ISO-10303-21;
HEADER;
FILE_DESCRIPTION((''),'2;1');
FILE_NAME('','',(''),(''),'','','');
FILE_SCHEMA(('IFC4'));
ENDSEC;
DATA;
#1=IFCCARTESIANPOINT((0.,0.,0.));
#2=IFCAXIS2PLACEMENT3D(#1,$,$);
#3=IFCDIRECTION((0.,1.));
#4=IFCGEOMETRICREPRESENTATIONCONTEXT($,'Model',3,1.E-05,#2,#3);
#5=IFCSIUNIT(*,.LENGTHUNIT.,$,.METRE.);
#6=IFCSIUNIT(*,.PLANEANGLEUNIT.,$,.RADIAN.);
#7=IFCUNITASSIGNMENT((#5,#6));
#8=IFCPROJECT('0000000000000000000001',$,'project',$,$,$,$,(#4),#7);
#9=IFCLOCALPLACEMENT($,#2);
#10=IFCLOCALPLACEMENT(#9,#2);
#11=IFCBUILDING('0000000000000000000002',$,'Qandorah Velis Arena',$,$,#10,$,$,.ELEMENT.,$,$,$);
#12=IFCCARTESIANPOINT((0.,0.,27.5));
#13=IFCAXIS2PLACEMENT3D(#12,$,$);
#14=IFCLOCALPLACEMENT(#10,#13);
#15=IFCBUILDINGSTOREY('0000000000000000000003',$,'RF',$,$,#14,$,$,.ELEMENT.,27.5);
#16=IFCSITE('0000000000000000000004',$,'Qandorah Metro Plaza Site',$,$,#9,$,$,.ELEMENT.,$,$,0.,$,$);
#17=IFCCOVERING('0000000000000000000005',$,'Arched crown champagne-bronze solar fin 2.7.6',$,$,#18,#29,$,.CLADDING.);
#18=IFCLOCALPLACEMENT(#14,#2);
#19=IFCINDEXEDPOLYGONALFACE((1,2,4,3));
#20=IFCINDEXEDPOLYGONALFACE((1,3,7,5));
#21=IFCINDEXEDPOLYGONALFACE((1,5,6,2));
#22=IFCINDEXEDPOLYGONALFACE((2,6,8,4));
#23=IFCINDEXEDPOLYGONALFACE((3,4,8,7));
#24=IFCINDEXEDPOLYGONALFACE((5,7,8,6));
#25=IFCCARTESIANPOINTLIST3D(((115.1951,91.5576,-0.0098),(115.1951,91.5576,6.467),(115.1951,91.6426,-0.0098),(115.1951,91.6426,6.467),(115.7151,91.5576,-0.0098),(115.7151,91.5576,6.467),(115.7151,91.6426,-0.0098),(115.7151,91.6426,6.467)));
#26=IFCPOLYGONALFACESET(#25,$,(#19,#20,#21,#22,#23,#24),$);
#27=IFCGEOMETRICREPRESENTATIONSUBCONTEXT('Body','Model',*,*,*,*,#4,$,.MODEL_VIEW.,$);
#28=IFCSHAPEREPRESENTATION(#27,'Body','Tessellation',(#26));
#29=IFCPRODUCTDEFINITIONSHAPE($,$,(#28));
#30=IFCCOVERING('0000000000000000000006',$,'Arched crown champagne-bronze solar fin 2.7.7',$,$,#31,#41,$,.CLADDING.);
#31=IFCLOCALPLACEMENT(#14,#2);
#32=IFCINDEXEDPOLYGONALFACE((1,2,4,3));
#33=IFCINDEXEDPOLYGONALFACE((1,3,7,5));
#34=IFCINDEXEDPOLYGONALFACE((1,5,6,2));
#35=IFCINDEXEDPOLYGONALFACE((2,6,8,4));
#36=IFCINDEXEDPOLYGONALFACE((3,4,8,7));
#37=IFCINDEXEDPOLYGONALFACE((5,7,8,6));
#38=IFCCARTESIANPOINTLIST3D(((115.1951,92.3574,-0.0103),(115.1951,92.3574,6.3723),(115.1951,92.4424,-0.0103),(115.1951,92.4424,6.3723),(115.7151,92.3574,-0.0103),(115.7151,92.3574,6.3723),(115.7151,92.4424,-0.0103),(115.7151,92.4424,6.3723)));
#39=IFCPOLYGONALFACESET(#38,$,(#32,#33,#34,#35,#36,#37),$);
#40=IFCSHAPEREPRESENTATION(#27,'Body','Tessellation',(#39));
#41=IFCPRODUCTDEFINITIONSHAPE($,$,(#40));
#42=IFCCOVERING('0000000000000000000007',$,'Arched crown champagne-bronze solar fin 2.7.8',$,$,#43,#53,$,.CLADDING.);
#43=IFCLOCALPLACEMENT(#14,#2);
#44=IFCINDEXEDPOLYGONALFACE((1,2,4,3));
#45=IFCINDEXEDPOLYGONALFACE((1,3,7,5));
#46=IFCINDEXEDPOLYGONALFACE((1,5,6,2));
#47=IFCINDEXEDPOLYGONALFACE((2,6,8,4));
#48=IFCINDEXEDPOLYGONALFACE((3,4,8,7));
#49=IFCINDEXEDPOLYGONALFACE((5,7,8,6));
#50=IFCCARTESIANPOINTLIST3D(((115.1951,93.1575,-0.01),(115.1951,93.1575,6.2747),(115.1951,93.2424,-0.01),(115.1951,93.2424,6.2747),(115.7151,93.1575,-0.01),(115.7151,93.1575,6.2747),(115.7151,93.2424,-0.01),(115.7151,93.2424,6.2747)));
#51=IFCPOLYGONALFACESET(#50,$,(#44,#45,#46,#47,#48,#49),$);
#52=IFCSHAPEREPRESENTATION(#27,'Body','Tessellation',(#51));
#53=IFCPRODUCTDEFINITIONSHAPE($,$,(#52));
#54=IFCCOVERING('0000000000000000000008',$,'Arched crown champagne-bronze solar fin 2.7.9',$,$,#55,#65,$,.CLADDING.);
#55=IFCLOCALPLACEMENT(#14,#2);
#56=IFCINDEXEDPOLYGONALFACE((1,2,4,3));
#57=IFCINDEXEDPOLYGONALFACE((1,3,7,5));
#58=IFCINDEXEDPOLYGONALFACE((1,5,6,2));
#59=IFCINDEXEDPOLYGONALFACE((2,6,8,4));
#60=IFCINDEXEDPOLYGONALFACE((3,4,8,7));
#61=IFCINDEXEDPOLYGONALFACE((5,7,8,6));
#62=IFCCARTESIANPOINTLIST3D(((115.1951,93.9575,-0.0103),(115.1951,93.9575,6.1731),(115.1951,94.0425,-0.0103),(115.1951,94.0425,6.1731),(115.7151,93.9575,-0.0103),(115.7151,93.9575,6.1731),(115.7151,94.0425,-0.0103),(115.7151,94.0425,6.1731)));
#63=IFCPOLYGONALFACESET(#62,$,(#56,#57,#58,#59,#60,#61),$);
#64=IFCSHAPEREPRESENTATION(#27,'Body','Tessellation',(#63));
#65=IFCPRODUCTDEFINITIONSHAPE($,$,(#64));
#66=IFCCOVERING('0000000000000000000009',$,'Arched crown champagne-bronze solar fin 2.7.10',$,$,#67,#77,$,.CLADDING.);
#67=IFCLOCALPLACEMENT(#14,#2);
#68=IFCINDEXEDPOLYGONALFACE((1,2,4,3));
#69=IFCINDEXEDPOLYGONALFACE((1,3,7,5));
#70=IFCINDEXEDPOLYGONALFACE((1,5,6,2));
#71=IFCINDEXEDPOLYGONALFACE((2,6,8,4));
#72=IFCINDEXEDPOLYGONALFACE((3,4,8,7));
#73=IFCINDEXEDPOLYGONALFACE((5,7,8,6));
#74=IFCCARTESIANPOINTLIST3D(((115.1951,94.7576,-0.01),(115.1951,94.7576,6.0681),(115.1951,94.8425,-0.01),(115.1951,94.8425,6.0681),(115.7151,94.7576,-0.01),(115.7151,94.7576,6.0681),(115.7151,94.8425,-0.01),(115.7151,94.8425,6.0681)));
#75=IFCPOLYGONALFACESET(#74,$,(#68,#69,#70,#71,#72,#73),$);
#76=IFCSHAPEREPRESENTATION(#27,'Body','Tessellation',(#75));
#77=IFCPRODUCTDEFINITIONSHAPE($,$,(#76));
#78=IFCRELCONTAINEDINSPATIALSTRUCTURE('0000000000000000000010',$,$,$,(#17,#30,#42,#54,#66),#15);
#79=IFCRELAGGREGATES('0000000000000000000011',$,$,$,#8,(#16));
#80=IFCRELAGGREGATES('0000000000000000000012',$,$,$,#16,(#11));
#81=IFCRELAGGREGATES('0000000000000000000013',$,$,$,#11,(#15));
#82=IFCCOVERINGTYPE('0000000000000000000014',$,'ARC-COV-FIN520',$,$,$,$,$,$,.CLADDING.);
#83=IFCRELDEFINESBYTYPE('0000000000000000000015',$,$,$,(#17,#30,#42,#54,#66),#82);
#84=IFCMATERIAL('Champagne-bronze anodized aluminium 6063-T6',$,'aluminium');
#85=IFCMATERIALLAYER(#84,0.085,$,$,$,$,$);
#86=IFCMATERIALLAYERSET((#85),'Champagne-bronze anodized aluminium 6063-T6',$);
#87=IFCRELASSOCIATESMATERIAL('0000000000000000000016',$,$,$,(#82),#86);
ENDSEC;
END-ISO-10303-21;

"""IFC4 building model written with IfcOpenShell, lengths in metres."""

from ifc_helpers import new_model, si_unit, direction, frame, origin, origin_2d, place, context, subcontext, project, spatial, rectangle, extrude, material, layer, layer_set, type_object, element, save


model = new_model("IFC4")

# Units and contexts
model_context = context("Model", 3, precision=1e-05, world=origin(), true_north=direction((0.0, 1.0)))
body_context = subcontext(model_context, "Body", "Model", "MODEL_VIEW")
ifc_project = project(units=[si_unit("LENGTHUNIT", "METRE"), si_unit("PLANEANGLEUNIT", "RADIAN")], contexts=[model_context])

# Site, building, storey
site_placement = place(None, origin())
site = spatial("IfcSite", under=ifc_project, at=site_placement, Name="Qandorah Metro Plaza Site", CompositionType="ELEMENT", RefElevation=0.0)
building_placement = place(site_placement, origin())
building = spatial("IfcBuilding", under=site, at=building_placement, Name="Qandorah Velis Arena", CompositionType="ELEMENT")
storey_placement = place(building_placement, frame((0.0, 0.0, 27.5)))
storey = spatial("IfcBuildingStorey", under=building, at=storey_placement, Name="RF", CompositionType="ELEMENT", Elevation=27.5)

# Shared definitions
ifc_material_1 = material(Name="Champagne-bronze anodized aluminium 6063-T6", Category="aluminium")

# Coverings
ifc_layer_1 = layer(ifc_material_1, 0.085)
ifc_layer_set_1 = layer_set([ifc_layer_1], Name="Champagne-bronze anodized aluminium 6063-T6")
covering_type = type_object("IfcCoveringType", Name="ARC-COV-FIN520", PredefinedType="CLADDING", material=ifc_layer_set_1)
covering_1_placement = place(storey_placement, frame((115.4551, 91.6001, -0.0098), z_axis=(0.0, 0.0, 1.0), x_axis=(1.0, 0.0, 0.0)))
element("IfcCovering", 1, at=covering_1_placement, inside=storey, type_object=covering_type, Name="Arched crown champagne-bronze solar fin 2.7.6", PredefinedType="CLADDING", context=body_context, shape_type="SweptSolid", body=[
    extrude(rectangle(XDim=0.52, YDim=0.085, at=origin_2d()), origin(), (0.0, 0.0, 1.0), 6.4768),
])
covering_2_placement = place(storey_placement, frame((115.4551, 92.3999, -0.0103), z_axis=(0.0, 0.0, 1.0), x_axis=(1.0, 0.0, 0.0)))
element("IfcCovering", 2, at=covering_2_placement, inside=storey, type_object=covering_type, Name="Arched crown champagne-bronze solar fin 2.7.7", PredefinedType="CLADDING", context=body_context, shape_type="SweptSolid", body=[
    extrude(rectangle(XDim=0.52, YDim=0.085, at=origin_2d()), origin(), (0.0, 0.0, 1.0), 6.3826),
])
covering_3_placement = place(storey_placement, frame((115.4551, 93.2, -0.01), z_axis=(0.0, 0.0, 1.0), x_axis=(1.0, 0.0, 0.0)))
element("IfcCovering", 3, at=covering_3_placement, inside=storey, type_object=covering_type, Name="Arched crown champagne-bronze solar fin 2.7.8", PredefinedType="CLADDING", context=body_context, shape_type="SweptSolid", body=[
    extrude(rectangle(XDim=0.52, YDim=0.085, at=origin_2d()), origin(), (0.0, 0.0, 1.0), 6.2847),
])
covering_4_placement = place(storey_placement, frame((115.4551, 94.0, -0.0103), z_axis=(0.0, 0.0, 1.0), x_axis=(1.0, 0.0, 0.0)))
element("IfcCovering", 4, at=covering_4_placement, inside=storey, type_object=covering_type, Name="Arched crown champagne-bronze solar fin 2.7.9", PredefinedType="CLADDING", context=body_context, shape_type="SweptSolid", body=[
    extrude(rectangle(XDim=0.52, YDim=0.085, at=origin_2d()), origin(), (0.0, 0.0, 1.0), 6.1833),
])
covering_5_placement = place(storey_placement, frame((115.4551, 94.8, -0.01), z_axis=(0.0, 0.0, 1.0), x_axis=(1.0, 0.0, 0.0)))
element("IfcCovering", 5, at=covering_5_placement, inside=storey, type_object=covering_type, Name="Arched crown champagne-bronze solar fin 2.7.10", PredefinedType="CLADDING", context=body_context, shape_type="SweptSolid", body=[
    extrude(rectangle(XDim=0.52, YDim=0.085, at=origin_2d()), origin(), (0.0, 0.0, 1.0), 6.0781),
])

save(model, "model.ifc")
